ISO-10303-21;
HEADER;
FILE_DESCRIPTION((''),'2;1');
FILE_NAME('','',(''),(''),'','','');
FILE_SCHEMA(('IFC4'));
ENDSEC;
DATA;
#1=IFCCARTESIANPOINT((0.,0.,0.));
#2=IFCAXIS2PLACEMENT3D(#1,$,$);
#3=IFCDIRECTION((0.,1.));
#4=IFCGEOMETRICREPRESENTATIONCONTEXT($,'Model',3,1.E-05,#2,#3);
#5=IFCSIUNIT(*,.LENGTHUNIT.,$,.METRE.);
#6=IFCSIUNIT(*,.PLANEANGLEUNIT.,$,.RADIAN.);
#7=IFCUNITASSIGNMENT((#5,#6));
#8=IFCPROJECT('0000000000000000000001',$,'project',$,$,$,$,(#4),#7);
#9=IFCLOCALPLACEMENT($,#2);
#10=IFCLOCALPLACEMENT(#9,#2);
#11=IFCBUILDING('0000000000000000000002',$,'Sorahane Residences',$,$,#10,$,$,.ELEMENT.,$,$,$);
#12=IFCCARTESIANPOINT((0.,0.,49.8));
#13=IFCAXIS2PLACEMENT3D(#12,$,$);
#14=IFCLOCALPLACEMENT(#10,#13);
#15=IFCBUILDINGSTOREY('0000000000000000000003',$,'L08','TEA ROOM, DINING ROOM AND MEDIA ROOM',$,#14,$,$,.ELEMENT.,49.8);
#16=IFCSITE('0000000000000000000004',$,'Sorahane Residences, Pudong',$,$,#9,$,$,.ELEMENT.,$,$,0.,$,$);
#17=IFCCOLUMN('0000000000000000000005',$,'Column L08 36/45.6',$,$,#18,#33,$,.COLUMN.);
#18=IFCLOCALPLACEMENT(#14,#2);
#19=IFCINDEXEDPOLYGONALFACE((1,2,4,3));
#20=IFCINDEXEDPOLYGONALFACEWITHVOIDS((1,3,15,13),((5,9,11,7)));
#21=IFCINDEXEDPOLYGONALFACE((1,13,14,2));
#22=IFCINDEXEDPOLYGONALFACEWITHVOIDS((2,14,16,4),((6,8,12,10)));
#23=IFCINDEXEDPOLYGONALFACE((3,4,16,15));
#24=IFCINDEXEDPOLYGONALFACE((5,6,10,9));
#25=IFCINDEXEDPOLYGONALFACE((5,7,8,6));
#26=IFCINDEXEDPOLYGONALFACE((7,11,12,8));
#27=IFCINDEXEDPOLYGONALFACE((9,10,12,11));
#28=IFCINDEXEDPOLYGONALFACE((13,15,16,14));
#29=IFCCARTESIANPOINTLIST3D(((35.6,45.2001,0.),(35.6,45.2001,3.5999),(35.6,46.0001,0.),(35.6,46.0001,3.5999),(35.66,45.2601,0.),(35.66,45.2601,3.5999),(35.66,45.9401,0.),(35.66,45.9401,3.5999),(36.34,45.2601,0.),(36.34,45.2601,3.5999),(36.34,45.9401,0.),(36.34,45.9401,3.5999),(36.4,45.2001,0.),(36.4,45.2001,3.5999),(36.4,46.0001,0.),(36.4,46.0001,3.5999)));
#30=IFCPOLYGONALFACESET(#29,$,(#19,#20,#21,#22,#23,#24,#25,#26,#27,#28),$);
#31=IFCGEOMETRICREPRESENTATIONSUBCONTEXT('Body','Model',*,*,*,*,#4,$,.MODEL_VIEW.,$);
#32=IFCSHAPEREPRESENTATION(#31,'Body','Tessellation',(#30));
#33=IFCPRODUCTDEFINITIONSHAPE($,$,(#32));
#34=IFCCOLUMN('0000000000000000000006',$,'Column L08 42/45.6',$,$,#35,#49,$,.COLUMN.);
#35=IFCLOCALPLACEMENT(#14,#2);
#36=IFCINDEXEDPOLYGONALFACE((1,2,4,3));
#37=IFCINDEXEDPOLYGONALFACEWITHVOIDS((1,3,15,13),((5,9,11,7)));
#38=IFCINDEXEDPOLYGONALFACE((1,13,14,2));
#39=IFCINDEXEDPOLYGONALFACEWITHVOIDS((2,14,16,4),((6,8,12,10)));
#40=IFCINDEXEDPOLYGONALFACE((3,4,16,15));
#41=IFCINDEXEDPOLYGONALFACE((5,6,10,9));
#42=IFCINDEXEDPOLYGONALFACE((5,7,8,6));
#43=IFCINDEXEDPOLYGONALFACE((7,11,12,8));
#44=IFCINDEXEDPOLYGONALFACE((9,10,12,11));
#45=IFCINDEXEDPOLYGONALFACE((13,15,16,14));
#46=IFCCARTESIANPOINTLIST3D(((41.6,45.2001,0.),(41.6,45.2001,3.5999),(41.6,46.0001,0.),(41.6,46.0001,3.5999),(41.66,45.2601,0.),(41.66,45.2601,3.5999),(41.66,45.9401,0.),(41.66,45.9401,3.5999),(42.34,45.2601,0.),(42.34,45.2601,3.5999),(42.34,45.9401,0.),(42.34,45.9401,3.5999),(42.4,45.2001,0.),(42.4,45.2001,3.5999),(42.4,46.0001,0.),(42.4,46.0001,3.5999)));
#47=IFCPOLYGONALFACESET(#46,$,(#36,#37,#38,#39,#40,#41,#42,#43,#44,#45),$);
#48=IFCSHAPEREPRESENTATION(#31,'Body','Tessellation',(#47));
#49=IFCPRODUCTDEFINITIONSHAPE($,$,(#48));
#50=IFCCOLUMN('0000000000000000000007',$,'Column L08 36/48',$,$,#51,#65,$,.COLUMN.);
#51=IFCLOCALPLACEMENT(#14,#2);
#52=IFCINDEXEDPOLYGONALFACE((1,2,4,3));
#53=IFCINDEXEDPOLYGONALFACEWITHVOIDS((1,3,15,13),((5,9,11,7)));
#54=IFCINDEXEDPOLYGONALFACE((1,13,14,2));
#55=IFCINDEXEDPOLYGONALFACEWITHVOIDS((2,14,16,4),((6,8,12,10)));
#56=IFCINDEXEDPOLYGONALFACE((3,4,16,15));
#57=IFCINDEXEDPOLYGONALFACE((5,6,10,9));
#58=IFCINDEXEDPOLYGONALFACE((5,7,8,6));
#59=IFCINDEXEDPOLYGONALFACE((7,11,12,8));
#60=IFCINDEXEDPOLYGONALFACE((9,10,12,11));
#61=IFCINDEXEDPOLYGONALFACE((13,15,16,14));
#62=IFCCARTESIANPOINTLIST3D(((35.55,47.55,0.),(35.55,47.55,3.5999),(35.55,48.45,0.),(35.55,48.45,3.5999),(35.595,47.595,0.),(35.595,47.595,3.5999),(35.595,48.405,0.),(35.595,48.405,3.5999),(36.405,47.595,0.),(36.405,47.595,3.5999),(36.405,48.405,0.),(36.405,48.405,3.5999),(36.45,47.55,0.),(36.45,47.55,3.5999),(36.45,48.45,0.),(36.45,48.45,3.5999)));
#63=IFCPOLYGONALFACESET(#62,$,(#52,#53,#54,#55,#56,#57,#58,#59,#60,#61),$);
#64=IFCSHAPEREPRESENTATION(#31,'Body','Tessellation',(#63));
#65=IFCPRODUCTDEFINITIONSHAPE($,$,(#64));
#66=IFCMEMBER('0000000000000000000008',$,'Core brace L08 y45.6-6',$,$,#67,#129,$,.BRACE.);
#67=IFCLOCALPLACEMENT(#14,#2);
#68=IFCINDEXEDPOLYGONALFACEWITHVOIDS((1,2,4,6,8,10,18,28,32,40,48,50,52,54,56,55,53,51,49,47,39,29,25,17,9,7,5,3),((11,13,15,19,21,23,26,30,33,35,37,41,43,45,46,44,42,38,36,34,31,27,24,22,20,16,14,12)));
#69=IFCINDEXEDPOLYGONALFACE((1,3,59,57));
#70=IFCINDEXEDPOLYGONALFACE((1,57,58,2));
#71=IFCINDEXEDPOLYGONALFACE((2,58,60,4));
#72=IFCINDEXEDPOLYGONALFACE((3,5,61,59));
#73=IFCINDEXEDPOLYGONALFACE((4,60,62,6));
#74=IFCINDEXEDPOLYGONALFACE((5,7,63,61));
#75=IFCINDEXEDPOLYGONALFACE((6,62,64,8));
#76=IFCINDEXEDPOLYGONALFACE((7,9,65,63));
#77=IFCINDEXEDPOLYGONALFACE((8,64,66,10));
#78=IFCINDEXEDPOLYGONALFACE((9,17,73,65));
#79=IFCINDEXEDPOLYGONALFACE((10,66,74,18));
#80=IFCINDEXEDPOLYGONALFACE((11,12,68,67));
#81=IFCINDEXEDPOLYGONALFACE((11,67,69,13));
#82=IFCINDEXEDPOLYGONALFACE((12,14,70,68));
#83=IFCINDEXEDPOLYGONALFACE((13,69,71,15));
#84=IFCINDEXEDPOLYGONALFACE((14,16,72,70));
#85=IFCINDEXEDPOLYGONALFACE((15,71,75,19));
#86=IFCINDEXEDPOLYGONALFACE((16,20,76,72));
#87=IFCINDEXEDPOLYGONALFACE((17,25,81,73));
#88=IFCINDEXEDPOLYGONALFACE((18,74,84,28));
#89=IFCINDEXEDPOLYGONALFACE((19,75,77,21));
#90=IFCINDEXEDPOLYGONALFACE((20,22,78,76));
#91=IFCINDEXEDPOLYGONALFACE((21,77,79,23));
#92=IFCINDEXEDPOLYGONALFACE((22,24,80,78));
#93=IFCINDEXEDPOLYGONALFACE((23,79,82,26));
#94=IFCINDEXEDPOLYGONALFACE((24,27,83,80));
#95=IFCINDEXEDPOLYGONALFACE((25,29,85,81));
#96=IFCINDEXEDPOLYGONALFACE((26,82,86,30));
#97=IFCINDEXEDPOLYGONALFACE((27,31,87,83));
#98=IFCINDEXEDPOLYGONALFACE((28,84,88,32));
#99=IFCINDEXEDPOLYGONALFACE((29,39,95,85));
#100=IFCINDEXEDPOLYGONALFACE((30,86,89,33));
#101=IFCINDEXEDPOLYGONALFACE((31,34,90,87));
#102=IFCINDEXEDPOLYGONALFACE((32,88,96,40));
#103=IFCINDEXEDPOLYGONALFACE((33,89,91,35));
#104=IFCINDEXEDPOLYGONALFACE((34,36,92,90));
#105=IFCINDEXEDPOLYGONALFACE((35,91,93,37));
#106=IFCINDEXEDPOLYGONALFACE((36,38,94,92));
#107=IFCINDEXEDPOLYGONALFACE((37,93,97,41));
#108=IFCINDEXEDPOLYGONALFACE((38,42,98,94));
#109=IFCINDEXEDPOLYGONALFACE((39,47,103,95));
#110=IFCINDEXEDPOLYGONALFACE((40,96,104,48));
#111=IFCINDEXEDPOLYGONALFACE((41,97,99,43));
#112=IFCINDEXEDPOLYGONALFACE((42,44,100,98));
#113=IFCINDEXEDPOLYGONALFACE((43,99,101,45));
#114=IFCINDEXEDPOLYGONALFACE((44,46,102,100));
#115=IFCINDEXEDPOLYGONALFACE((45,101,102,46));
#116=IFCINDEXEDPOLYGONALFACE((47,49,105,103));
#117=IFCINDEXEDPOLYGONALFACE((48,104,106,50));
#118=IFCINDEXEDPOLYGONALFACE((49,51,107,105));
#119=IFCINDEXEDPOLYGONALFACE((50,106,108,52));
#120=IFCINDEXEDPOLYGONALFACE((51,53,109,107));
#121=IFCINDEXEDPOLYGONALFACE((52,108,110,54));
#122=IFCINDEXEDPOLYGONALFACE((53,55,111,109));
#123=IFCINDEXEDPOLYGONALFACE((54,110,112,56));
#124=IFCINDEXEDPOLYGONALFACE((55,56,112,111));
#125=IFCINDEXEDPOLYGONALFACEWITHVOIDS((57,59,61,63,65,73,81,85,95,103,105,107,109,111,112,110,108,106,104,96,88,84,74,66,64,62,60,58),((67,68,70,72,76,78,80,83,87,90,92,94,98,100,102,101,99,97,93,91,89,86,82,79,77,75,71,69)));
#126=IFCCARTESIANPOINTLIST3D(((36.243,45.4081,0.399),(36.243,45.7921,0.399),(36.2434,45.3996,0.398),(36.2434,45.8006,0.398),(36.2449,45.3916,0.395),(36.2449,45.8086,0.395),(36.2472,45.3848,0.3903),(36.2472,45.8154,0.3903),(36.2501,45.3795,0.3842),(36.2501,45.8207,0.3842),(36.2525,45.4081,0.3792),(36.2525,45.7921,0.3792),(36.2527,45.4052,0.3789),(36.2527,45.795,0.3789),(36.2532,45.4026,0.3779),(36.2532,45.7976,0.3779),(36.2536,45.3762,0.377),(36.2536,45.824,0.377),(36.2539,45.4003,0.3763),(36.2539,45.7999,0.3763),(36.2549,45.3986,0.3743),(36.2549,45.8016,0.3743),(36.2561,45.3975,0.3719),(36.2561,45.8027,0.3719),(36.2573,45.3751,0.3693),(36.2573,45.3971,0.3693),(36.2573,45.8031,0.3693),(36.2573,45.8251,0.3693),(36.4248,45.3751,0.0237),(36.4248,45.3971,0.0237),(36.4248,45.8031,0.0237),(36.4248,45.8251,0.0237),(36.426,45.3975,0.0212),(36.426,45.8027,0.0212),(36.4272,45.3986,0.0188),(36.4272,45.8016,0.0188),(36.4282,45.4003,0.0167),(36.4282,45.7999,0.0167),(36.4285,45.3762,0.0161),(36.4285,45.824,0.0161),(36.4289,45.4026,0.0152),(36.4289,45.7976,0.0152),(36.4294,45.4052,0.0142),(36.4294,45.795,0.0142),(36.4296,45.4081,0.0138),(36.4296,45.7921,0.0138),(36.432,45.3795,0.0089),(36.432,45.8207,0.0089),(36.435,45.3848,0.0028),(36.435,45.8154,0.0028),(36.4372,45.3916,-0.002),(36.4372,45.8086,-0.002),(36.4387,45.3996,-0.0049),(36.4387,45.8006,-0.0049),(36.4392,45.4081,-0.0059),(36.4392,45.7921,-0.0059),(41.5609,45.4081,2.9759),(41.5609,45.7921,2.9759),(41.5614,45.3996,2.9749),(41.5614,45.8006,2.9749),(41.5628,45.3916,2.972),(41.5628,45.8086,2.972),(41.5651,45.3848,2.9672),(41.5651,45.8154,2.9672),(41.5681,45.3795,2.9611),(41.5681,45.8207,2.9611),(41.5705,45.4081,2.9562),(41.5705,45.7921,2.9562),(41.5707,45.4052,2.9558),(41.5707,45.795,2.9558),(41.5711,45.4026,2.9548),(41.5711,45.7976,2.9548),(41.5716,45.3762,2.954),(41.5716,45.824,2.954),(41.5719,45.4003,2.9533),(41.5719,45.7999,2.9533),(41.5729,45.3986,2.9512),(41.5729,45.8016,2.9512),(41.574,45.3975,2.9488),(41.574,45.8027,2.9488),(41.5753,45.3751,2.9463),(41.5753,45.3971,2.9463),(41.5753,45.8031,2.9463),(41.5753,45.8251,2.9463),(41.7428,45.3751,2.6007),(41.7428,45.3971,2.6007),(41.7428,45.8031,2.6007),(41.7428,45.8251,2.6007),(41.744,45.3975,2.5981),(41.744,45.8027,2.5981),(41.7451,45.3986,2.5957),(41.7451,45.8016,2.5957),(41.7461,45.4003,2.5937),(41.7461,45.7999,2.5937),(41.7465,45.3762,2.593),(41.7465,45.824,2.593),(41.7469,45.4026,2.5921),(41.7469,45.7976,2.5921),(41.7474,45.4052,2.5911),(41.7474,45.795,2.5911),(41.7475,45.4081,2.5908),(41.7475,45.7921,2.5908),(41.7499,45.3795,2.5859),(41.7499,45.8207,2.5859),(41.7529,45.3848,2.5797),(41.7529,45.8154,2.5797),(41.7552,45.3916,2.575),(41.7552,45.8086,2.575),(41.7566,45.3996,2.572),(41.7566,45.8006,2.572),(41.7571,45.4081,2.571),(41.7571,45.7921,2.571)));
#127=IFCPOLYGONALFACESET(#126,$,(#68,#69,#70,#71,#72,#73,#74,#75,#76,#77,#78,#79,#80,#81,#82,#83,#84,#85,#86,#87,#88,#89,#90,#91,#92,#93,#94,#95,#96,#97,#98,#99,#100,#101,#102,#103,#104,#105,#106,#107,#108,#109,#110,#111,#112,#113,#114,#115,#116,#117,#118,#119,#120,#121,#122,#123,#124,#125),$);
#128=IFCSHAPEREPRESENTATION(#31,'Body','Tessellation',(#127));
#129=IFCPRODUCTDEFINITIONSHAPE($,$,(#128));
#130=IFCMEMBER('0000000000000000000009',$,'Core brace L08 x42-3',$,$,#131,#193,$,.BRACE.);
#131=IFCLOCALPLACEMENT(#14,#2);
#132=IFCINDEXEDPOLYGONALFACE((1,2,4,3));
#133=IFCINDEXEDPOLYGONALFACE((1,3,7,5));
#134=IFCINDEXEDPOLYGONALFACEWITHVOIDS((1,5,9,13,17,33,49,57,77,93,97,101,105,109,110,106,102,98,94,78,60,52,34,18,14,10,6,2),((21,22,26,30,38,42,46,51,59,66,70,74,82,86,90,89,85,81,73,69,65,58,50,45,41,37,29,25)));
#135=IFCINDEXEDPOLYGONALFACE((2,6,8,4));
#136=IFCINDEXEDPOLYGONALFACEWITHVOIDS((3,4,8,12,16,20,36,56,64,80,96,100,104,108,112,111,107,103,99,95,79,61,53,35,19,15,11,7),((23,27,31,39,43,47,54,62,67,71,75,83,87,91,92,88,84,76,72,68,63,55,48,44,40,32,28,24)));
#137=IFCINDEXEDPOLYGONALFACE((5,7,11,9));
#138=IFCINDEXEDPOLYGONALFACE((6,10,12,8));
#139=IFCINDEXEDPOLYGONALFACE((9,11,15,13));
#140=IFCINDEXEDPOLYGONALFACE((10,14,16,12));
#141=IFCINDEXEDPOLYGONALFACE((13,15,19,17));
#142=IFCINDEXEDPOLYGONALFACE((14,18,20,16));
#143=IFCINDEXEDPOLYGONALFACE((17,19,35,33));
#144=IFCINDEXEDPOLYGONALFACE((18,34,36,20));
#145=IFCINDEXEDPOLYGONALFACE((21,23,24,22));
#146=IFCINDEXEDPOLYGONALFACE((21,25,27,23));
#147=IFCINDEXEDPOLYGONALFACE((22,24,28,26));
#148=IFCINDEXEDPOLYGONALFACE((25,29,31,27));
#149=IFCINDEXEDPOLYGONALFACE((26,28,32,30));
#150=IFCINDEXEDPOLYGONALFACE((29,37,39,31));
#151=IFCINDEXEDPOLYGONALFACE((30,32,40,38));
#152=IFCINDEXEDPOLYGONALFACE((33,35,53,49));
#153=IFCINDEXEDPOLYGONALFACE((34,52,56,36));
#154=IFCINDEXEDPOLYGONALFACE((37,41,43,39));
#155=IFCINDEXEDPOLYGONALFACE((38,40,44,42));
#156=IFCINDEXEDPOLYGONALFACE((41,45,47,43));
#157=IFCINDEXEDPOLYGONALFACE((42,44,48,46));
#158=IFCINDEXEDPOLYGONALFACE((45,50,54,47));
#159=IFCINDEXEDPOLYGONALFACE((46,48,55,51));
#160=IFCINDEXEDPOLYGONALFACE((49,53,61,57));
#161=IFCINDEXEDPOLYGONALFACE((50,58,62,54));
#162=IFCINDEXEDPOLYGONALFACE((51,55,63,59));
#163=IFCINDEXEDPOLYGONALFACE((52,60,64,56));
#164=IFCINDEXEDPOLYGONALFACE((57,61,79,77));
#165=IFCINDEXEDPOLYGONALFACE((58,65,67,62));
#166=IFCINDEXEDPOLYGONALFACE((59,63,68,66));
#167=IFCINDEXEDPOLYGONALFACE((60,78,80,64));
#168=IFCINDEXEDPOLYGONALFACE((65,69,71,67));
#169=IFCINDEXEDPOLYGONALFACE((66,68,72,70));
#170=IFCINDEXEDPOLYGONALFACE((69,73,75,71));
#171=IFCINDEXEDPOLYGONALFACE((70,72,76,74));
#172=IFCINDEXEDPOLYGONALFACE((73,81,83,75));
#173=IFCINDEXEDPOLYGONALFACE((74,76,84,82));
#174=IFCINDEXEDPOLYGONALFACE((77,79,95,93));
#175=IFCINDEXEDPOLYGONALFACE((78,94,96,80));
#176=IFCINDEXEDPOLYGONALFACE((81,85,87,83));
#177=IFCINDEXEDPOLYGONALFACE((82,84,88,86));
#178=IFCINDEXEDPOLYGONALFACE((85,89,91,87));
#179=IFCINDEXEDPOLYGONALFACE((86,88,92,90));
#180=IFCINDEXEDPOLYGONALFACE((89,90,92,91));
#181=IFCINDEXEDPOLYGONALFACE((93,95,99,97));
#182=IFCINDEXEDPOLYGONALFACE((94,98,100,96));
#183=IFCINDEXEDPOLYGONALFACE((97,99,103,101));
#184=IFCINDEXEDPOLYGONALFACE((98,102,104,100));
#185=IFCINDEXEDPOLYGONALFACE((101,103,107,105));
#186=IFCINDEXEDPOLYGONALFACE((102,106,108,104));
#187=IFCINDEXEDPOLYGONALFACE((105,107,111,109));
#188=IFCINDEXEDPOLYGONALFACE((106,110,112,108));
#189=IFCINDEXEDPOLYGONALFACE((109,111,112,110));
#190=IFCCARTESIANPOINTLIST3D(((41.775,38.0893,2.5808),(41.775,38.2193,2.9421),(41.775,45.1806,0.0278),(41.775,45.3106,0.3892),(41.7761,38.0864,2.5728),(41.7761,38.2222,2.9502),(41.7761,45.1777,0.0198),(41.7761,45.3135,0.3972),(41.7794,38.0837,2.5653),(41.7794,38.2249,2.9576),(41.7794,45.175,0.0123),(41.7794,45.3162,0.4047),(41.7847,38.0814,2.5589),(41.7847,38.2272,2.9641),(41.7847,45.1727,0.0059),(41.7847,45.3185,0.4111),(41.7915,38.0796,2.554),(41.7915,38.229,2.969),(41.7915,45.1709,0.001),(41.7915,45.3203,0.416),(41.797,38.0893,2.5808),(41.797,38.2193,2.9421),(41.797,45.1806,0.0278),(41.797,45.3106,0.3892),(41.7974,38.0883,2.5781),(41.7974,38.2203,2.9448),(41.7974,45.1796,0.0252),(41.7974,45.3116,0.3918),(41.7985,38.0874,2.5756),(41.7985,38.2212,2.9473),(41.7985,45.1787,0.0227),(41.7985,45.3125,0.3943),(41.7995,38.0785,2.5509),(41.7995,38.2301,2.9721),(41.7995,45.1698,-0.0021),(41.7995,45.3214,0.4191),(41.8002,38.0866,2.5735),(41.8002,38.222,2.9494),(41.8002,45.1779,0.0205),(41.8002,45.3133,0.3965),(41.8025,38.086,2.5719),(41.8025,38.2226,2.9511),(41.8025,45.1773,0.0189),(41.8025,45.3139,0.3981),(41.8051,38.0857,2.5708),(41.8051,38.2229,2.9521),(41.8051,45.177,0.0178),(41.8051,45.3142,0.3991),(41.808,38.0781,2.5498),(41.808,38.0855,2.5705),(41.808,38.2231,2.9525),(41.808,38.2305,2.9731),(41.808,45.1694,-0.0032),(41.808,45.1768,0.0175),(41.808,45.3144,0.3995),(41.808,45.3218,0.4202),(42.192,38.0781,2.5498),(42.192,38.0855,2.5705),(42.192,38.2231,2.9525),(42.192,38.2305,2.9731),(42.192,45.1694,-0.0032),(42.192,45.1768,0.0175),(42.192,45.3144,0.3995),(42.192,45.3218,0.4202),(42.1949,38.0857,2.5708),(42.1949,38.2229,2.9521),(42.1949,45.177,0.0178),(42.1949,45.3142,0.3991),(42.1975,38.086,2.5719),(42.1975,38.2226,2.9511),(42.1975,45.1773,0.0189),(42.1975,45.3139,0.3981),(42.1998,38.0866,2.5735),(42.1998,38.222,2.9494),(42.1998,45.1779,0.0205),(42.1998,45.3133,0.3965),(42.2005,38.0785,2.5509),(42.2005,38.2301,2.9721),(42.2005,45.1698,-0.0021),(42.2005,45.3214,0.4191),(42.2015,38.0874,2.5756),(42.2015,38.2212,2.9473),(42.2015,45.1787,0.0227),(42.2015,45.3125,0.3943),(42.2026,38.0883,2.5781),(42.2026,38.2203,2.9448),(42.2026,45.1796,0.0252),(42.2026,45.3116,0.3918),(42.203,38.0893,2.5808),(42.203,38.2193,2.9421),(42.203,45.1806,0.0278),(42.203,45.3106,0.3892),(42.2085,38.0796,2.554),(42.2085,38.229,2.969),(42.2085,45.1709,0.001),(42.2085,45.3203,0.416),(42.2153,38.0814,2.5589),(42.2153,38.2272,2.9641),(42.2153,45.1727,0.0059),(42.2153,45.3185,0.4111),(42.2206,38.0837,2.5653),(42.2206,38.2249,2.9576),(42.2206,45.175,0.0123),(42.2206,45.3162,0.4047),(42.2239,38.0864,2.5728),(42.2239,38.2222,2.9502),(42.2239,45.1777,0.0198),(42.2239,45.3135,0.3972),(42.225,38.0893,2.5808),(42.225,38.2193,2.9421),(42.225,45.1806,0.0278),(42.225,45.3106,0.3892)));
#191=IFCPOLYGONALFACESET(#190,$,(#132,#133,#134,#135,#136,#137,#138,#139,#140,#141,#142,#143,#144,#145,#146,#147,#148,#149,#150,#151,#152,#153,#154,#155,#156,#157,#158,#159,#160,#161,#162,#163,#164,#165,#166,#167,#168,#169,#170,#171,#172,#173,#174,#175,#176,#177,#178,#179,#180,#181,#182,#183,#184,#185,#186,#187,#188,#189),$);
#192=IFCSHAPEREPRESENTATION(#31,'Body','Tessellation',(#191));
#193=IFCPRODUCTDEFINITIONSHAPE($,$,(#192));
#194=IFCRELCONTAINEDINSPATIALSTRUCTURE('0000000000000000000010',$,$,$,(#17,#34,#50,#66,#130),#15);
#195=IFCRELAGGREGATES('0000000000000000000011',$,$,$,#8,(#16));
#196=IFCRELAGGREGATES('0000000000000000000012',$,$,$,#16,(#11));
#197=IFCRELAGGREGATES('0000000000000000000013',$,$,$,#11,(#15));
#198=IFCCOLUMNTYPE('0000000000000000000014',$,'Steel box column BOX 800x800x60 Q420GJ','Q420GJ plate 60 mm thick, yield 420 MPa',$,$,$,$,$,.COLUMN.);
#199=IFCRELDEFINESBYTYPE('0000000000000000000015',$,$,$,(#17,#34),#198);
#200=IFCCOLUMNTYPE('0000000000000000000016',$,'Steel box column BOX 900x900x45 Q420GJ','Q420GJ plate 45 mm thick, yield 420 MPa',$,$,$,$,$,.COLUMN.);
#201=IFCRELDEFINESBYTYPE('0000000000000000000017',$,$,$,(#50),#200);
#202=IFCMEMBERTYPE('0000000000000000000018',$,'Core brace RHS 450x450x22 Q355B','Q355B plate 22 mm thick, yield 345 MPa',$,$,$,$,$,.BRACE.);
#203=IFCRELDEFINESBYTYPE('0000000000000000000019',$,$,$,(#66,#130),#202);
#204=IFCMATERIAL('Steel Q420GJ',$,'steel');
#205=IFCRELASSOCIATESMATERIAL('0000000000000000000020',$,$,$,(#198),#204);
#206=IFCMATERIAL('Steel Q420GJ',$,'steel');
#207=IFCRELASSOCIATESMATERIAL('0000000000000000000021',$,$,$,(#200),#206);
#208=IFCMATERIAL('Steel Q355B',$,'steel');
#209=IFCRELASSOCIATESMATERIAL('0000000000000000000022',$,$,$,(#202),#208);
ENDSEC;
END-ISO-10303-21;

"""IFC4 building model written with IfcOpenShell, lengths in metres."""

from ifc_helpers import new_model, si_unit, direction, frame, origin, origin_2d, place, context, subcontext, project, spatial, hollow_rectangle, extrude, material, material_profile, profile_set, type_object, element, save


model = new_model("IFC4")

# Units and contexts
model_context = context("Model", 3, precision=1e-05, world=origin(), true_north=direction((0.0, 1.0)))
body_context = subcontext(model_context, "Body", "Model", "MODEL_VIEW")
ifc_project = project(units=[si_unit("LENGTHUNIT", "METRE"), si_unit("PLANEANGLEUNIT", "RADIAN")], contexts=[model_context])

# Site, building, storey
site_placement = place(None, origin())
site = spatial("IfcSite", under=ifc_project, at=site_placement, Name="Sorahane Residences, Pudong", CompositionType="ELEMENT", RefElevation=0.0)
building_placement = place(site_placement, origin())
building = spatial("IfcBuilding", under=site, at=building_placement, Name="Sorahane Residences", CompositionType="ELEMENT")
storey_placement = place(building_placement, frame((0.0, 0.0, 49.8)))
storey = spatial("IfcBuildingStorey", under=building, at=storey_placement, Name="L08", Description="TEA ROOM, DINING ROOM AND MEDIA ROOM", CompositionType="ELEMENT", Elevation=49.8)

# Columns
ifc_material_1 = material(Name="Steel Q420GJ", Category="steel")
ifc_material_profile_1 = material_profile(ifc_material_1, hollow_rectangle(XDim=0.8, YDim=0.8, WallThickness=0.0601, at=origin_2d()), Name="BOX 800x800x60")
ifc_profile_set_1 = profile_set([ifc_material_profile_1], Name="Steel Q420GJ")
column_type_1 = type_object("IfcColumnType", Name="Steel box column BOX 800x800x60 Q420GJ", Description="Q420GJ plate 60 mm thick, yield 420 MPa", PredefinedType="COLUMN", material=ifc_profile_set_1)
for number, where, z_axis, x_axis, name in (
    (1, (36.0, 45.6001, 0.0), (0.0, 0.0, 1.0), (1.0, 0.0, 0.0), "Column L08 36/45.6"),
    (2, (42.0, 45.6001, 0.0), (0.0, 0.0, 1.0), (1.0, 0.0, 0.0), "Column L08 42/45.6"),
):
    element("IfcColumn", number, at=place(storey_placement, frame(where, z_axis=z_axis, x_axis=x_axis)), inside=storey, type_object=column_type_1, Name=name, PredefinedType="COLUMN", context=body_context, shape_type="SweptSolid", body=[
        extrude(hollow_rectangle(XDim=0.8, YDim=0.8, WallThickness=0.0601, at=origin_2d()), origin(), (0.0, 0.0, 1.0), 3.5999),
    ])
ifc_material_2 = material(Name="Steel Q420GJ", Category="steel")
ifc_material_profile_2 = material_profile(ifc_material_2, hollow_rectangle(XDim=0.8999, YDim=0.8999, WallThickness=0.0449, at=origin_2d()), Name="BOX 900x900x45")
ifc_profile_set_2 = profile_set([ifc_material_profile_2], Name="Steel Q420GJ")
column_type_2 = type_object("IfcColumnType", Name="Steel box column BOX 900x900x45 Q420GJ", Description="Q420GJ plate 45 mm thick, yield 420 MPa", PredefinedType="COLUMN", material=ifc_profile_set_2)
column_placement = place(storey_placement, frame((36.0, 48.0, 0.0), z_axis=(0.0, 0.0, 1.0), x_axis=(1.0, 0.0, 0.0)))
element("IfcColumn", 3, at=column_placement, inside=storey, type_object=column_type_2, Name="Column L08 36/48", PredefinedType="COLUMN", context=body_context, shape_type="SweptSolid", body=[
    extrude(hollow_rectangle(XDim=0.8999, YDim=0.8999, WallThickness=0.0449, at=origin_2d()), origin(), (0.0, 0.0, 1.0), 3.5999),
])

# Members
ifc_material_3 = material(Name="Steel Q355B", Category="steel")
ifc_material_profile_3 = material_profile(ifc_material_3, hollow_rectangle(XDim=0.45, YDim=0.45, WallThickness=0.022, InnerFilletRadius=0.011, OuterFilletRadius=0.033, at=origin_2d()), Name="RHS 450x450x22")
ifc_profile_set_3 = profile_set([ifc_material_profile_3], Name="Steel Q355B")
member_type_1 = type_object("IfcMemberType", Name="Core brace RHS 450x450x22 Q355B", Description="Q355B plate 22 mm thick, yield 345 MPa", PredefinedType="BRACE", material=ifc_profile_set_3)
member_1_placement = place(storey_placement, frame((36.3411, 45.6001, 0.1965), z_axis=(0.899911, 0.0, 0.436074), x_axis=(0.0, 1.0, 0.0)))
element("IfcMember", 4, at=member_1_placement, inside=storey, type_object=member_type_1, Name="Core brace L08 y45.6-6", PredefinedType="BRACE", context=body_context, shape_type="SweptSolid", body=[
    extrude(hollow_rectangle(XDim=0.45, YDim=0.45, WallThickness=0.022, InnerFilletRadius=0.011, OuterFilletRadius=0.033, at=origin_2d()), origin(), (0.0, 0.0, 1.0), 5.9094),
])
member_2_placement = place(storey_placement, frame((42.0, 45.2456, 0.2085), z_axis=(0.0, -0.940883, 0.338732), x_axis=(1.0, 0.0, 0.0)))
element("IfcMember", 5, at=member_2_placement, inside=storey, type_object=member_type_1, Name="Core brace L08 x42-3", PredefinedType="BRACE", context=body_context, shape_type="SweptSolid", body=[
    extrude(hollow_rectangle(XDim=0.45, YDim=0.45, WallThickness=0.022, InnerFilletRadius=0.011, OuterFilletRadius=0.033, at=origin_2d()), origin(), (0.0, 0.0, 1.0), 7.5369),
])

save(model, "model.ifc")
